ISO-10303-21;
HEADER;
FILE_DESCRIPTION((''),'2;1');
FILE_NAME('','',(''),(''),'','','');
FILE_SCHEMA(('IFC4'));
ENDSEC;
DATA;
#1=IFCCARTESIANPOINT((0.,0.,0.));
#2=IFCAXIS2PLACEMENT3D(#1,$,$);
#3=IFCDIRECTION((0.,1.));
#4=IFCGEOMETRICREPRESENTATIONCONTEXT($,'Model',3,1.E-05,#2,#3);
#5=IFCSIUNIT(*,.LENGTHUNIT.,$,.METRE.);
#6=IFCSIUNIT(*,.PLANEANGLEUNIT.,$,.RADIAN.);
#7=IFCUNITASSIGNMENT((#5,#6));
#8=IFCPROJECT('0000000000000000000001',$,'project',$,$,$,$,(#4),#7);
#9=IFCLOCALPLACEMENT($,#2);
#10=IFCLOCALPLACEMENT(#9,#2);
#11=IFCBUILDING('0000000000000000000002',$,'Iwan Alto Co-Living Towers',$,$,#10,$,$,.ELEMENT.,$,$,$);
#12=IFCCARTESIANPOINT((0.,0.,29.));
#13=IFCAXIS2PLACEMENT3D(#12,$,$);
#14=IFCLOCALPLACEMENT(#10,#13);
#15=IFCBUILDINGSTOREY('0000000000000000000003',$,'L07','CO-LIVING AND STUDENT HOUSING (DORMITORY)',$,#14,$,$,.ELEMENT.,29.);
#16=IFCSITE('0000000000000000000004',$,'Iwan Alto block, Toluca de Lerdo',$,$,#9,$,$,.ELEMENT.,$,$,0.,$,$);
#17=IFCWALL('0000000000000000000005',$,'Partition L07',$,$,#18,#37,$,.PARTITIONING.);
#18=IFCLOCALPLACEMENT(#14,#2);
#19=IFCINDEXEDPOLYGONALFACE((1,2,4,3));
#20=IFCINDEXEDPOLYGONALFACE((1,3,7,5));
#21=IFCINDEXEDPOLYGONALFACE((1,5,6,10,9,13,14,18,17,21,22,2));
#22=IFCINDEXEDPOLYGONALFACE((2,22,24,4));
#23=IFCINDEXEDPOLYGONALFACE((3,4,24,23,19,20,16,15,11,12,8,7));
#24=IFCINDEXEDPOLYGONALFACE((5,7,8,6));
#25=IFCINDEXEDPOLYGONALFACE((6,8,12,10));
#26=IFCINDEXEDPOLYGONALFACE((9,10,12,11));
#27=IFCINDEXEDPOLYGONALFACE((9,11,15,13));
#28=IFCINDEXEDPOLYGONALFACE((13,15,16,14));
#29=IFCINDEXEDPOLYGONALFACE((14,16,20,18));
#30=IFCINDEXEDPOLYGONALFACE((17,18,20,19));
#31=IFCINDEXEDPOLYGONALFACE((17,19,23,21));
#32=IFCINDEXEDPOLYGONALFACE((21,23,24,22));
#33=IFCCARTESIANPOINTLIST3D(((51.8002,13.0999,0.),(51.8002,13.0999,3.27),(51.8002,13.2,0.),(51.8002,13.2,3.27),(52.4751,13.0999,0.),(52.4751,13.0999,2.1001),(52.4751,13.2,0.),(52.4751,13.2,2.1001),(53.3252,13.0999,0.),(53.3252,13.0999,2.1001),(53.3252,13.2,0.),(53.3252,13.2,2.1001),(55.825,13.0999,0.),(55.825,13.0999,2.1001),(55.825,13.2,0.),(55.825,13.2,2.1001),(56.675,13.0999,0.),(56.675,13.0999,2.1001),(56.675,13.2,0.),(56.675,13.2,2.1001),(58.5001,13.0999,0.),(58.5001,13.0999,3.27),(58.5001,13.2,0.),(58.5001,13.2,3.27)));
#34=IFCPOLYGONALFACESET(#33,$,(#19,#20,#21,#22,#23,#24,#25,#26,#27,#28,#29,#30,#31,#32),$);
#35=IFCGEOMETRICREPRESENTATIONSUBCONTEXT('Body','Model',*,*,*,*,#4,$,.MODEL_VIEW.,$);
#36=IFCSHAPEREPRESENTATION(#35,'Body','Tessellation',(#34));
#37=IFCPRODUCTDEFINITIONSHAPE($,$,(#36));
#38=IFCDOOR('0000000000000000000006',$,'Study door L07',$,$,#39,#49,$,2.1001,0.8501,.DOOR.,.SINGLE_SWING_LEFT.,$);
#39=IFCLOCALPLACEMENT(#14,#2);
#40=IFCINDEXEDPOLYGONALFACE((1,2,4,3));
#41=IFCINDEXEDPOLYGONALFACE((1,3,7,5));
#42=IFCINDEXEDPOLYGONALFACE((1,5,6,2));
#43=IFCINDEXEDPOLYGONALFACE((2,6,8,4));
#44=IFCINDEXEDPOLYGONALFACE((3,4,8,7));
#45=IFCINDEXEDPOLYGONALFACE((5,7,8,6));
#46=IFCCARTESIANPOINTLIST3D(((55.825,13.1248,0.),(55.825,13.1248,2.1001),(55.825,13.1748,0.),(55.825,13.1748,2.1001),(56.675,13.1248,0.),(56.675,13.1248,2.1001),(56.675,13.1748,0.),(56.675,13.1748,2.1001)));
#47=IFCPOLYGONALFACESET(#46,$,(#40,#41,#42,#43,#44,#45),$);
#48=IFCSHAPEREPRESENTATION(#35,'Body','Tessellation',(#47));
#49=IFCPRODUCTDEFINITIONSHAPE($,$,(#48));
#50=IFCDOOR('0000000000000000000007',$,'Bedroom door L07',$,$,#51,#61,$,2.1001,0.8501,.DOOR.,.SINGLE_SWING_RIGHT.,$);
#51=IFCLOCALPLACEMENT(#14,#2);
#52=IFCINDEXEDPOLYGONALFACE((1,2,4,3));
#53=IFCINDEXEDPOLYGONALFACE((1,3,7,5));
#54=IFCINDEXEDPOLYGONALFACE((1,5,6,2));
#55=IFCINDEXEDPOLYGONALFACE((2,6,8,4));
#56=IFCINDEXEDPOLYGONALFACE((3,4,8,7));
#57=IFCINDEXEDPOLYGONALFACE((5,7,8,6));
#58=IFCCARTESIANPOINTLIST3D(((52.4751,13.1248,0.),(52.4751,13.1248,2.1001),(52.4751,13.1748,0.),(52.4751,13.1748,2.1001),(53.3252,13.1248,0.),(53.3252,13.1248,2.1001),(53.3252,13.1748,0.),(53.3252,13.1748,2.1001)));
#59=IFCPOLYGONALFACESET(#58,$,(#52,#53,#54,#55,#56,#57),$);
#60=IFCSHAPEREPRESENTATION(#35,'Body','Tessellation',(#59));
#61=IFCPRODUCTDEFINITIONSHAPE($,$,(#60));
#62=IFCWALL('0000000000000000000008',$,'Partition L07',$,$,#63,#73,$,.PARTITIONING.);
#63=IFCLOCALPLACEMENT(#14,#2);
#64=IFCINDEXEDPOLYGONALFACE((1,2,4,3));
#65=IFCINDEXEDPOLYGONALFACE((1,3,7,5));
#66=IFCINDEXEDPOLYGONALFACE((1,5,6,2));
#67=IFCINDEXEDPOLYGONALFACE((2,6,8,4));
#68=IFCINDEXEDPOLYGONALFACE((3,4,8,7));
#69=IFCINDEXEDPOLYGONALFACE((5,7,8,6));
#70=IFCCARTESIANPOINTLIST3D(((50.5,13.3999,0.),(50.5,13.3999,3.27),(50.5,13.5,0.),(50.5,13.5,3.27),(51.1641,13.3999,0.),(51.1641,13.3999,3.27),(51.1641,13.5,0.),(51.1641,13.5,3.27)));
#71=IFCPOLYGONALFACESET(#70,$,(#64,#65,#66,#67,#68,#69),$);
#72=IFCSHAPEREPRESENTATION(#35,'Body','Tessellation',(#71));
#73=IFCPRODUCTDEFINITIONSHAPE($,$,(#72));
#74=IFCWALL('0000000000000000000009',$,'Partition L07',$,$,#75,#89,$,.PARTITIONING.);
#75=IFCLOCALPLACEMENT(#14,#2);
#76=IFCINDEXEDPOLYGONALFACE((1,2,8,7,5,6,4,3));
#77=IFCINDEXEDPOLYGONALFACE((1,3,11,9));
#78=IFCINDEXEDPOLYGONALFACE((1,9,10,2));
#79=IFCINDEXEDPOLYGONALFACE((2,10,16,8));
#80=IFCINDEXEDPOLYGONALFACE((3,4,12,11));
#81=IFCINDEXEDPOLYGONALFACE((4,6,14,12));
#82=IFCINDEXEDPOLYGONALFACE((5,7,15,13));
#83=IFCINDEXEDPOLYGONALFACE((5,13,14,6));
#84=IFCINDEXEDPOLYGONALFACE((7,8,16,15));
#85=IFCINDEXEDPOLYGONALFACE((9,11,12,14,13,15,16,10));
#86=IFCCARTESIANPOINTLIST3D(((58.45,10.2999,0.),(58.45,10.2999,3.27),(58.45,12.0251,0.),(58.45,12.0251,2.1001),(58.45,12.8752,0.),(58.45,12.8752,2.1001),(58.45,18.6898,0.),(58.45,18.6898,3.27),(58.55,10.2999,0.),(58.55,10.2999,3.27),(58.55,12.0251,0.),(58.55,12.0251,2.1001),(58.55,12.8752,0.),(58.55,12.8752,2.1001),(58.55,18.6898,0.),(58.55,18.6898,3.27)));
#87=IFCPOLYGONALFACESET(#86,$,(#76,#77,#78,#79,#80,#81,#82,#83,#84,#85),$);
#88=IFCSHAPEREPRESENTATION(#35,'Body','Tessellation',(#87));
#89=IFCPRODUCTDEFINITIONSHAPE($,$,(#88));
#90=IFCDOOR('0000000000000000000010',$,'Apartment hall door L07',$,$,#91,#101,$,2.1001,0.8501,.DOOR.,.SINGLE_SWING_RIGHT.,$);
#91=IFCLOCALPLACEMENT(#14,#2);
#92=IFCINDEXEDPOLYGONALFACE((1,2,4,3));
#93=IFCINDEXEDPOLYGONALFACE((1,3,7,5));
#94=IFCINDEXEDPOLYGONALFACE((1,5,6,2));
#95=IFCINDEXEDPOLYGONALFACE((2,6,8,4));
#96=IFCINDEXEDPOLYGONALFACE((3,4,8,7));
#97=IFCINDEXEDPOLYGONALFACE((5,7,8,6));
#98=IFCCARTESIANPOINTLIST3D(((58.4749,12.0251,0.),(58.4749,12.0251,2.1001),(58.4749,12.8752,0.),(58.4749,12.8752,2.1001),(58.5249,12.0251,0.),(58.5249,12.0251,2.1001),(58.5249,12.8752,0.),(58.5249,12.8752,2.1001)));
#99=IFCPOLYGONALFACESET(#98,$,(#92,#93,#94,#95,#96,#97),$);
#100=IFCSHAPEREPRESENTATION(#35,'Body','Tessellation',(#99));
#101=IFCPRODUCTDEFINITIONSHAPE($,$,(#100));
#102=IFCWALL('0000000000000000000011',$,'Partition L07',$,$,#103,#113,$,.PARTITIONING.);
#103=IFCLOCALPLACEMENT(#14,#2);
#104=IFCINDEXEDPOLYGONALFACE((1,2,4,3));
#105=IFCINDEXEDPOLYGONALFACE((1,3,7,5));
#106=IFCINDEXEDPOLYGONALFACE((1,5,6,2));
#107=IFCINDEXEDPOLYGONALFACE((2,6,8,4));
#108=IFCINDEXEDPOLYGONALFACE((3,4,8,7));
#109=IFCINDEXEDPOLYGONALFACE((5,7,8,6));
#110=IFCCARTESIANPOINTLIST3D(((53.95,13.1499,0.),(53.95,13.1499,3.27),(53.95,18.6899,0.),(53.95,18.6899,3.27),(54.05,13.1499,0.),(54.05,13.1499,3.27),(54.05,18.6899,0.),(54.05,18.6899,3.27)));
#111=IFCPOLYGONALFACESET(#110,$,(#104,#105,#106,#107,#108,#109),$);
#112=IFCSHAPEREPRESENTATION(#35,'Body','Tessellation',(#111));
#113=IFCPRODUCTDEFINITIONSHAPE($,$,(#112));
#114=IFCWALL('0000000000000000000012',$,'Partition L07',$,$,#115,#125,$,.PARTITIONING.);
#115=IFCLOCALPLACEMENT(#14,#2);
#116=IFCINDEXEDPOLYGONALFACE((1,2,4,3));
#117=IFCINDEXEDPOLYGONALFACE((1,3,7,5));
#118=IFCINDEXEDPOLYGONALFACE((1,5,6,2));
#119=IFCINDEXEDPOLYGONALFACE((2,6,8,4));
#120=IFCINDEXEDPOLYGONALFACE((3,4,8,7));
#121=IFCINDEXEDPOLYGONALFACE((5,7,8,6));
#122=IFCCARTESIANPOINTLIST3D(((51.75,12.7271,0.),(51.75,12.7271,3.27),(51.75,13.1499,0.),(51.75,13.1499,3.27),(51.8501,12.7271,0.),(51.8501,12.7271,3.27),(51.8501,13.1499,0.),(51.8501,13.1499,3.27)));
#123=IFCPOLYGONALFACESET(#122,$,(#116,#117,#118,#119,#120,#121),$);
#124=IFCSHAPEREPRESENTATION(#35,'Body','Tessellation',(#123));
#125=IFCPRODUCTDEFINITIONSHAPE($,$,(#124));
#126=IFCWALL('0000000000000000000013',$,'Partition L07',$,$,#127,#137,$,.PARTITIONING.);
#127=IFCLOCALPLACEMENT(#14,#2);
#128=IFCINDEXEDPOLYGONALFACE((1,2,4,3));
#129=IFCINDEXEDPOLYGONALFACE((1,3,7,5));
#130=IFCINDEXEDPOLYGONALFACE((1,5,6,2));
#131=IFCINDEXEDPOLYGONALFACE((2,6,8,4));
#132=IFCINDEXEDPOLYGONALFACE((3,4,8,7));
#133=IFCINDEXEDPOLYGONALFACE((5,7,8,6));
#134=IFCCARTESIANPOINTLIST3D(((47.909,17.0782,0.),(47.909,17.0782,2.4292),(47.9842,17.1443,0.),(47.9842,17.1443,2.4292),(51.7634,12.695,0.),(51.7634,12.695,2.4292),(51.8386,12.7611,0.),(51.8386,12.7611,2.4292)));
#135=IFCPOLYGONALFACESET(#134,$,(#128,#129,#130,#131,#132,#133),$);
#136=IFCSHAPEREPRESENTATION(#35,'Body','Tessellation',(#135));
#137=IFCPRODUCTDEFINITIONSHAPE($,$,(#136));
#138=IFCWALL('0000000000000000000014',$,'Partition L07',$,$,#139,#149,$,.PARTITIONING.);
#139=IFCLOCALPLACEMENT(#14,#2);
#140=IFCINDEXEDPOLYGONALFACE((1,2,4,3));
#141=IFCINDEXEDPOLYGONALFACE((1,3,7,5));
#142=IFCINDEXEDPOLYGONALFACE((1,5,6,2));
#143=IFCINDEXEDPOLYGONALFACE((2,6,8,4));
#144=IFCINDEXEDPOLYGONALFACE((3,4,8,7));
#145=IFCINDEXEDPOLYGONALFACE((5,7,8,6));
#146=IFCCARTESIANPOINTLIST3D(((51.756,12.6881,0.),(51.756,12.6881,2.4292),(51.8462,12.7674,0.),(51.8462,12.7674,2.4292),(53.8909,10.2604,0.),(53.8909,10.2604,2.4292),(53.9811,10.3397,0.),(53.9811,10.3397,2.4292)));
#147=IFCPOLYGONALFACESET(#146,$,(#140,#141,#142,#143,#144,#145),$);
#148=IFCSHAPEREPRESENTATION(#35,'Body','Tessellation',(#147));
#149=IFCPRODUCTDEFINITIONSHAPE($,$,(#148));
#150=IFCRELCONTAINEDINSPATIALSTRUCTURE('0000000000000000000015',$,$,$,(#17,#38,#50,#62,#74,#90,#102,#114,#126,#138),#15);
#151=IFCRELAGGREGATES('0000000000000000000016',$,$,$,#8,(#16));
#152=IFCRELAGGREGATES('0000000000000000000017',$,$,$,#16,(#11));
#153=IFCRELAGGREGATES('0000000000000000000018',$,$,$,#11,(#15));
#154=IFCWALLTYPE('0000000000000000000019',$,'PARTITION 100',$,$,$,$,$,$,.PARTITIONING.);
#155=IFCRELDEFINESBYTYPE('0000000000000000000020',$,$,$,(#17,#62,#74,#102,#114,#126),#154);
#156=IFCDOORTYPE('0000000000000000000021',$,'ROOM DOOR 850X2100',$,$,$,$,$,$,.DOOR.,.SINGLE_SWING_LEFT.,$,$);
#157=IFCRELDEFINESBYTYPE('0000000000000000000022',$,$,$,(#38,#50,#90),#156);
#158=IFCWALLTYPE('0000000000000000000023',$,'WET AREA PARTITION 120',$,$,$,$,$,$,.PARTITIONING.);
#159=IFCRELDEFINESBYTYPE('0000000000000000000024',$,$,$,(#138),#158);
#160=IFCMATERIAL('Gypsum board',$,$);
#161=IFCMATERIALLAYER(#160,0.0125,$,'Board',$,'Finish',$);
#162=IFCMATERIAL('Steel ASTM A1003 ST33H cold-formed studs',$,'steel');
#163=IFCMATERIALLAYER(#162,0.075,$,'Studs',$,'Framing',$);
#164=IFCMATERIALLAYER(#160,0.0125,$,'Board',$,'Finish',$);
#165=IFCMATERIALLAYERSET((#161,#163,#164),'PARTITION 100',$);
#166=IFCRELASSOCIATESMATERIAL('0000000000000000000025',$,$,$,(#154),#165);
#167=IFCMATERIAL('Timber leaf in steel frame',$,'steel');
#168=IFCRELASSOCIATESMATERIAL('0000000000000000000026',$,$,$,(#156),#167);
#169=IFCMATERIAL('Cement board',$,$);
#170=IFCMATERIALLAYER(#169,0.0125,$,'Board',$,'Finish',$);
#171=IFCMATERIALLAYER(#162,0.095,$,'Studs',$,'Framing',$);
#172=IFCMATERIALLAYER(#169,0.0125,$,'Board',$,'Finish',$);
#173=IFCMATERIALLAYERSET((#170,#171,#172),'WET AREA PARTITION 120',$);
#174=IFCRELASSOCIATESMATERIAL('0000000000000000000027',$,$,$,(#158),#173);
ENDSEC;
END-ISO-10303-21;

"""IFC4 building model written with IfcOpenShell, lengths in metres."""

from ifc_helpers import new_model, si_unit, direction, frame, frame_2d, origin, place, context, subcontext, project, spatial, rectangle, extrude, material, layer, layer_set, type_object, element, fill, save


model = new_model("IFC4")

# Units and contexts
model_context = context("Model", 3, precision=1e-05, world=origin(), true_north=direction((0.0, 1.0)))
body_context = subcontext(model_context, "Body", "Model", "MODEL_VIEW")
ifc_project = project(units=[si_unit("LENGTHUNIT", "METRE"), si_unit("PLANEANGLEUNIT", "RADIAN")], contexts=[model_context])

# Site, building, storey
site_placement = place(None, origin())
site = spatial("IfcSite", under=ifc_project, at=site_placement, Name="Iwan Alto block, Toluca de Lerdo", CompositionType="ELEMENT", RefElevation=0.0)
building_placement = place(site_placement, origin())
building = spatial("IfcBuilding", under=site, at=building_placement, Name="Iwan Alto Co-Living Towers", CompositionType="ELEMENT")
storey_placement = place(building_placement, frame((0.0, 0.0, 29.0)))
storey = spatial("IfcBuildingStorey", under=building, at=storey_placement, Name="L07", Description="CO-LIVING AND STUDENT HOUSING (DORMITORY)", CompositionType="ELEMENT", Elevation=29.0)

# Shared definitions
ifc_material_1 = material(Name="Gypsum board")
ifc_material_2 = material(Name="Steel ASTM A1003 ST33H cold-formed studs", Category="steel")

# Wall, openings, doors
ifc_layer_1 = layer(ifc_material_1, 0.0125, Name="Board", Category="Finish")
ifc_layer_2 = layer(ifc_material_2, 0.075, Name="Studs", Category="Framing")
ifc_layer_3 = layer(ifc_material_1, 0.0125, Name="Board", Category="Finish")
ifc_layer_set_1 = layer_set([ifc_layer_1, ifc_layer_2, ifc_layer_3], Name="PARTITION 100")
wall_type_1 = type_object("IfcWallType", Name="PARTITION 100", PredefinedType="PARTITIONING", material=ifc_layer_set_1)
ifc_material_3 = material(Name="Timber leaf in steel frame", Category="steel")
door_type_1 = type_object("IfcDoorType", Name="ROOM DOOR 850X2100", OperationType="SINGLE_SWING_LEFT", PredefinedType="DOOR", material=ifc_material_3)
wall_1_placement = place(storey_placement, frame((51.8, 13.1499, 0.0), z_axis=(0.0, 0.0, 1.0), x_axis=(1.0, 0.0, 0.0)))
wall_1 = element("IfcWall", 1, at=wall_1_placement, inside=storey, type_object=wall_type_1, Name="Partition L07", PredefinedType="PARTITIONING", context=body_context, shape_type="SweptSolid", body=[
    extrude(rectangle(XDim=6.7, YDim=0.1001, at=frame_2d((3.3501, 0.0))), origin(), (0.0, 0.0, 1.0), 3.27),
])
opening_1_placement = place(wall_1_placement, frame((4.0249, 0.0, 0.0)))
opening_1 = element("IfcOpeningElement", 2, at=opening_1_placement, cuts=wall_1, PredefinedType="OPENING", context=body_context, shape_type="SweptSolid", body=[
    extrude(rectangle(XDim=0.8501, YDim=2.1001, at=frame_2d((0.425, 1.05))), frame((0.0, 0.0601, 0.0), z_axis=(0.0, -1.0, 0.0), x_axis=(1.0, 0.0, 0.0)), (0.0, 0.0, 1.0), 0.1201),
])
opening_2_placement = place(wall_1_placement, frame((0.675, 0.0, 0.0)))
opening_2 = element("IfcOpeningElement", 3, at=opening_2_placement, cuts=wall_1, PredefinedType="OPENING", context=body_context, shape_type="SweptSolid", body=[
    extrude(rectangle(XDim=0.8501, YDim=2.1001, at=frame_2d((0.425, 1.05))), frame((0.0, 0.0601, 0.0), z_axis=(0.0, -1.0, 0.0), x_axis=(1.0, 0.0, 0.0)), (0.0, 0.0, 1.0), 0.1201),
])
door_1_placement = place(opening_1_placement, origin())
door_1 = element("IfcDoor", 4, at=door_1_placement, inside=storey, type_object=door_type_1, Name="Study door L07", OperationType="SINGLE_SWING_LEFT", OverallHeight=2.1001, OverallWidth=0.8501, PredefinedType="DOOR", context=body_context, shape_type="SweptSolid", body=[
    extrude(rectangle(XDim=0.8501, YDim=2.1001, at=frame_2d((0.425, 1.05))), frame((0.0, 0.0249, 0.0), z_axis=(0.0, -1.0, 0.0), x_axis=(1.0, 0.0, 0.0)), (0.0, 0.0, 1.0), 0.05),
])
fill(opening_1, door_1)
door_2_placement = place(opening_2_placement, origin())
door_2 = element("IfcDoor", 5, at=door_2_placement, inside=storey, type_object=door_type_1, Name="Bedroom door L07", OperationType="SINGLE_SWING_RIGHT", OverallHeight=2.1001, OverallWidth=0.8501, PredefinedType="DOOR", context=body_context, shape_type="SweptSolid", body=[
    extrude(rectangle(XDim=0.8501, YDim=2.1001, at=frame_2d((0.425, 1.05))), frame((0.0, 0.0249, 0.0), z_axis=(0.0, -1.0, 0.0), x_axis=(1.0, 0.0, 0.0)), (0.0, 0.0, 1.0), 0.05),
])
fill(opening_2, door_2)

# Wall
wall_2_placement = place(storey_placement, frame((50.5, 13.45, 0.0), z_axis=(0.0, 0.0, 1.0), x_axis=(1.0, 0.0, 0.0)))
element("IfcWall", 6, at=wall_2_placement, inside=storey, type_object=wall_type_1, Name="Partition L07", PredefinedType="PARTITIONING", context=body_context, shape_type="SweptSolid", body=[
    extrude(rectangle(XDim=0.6641, YDim=0.1001, at=frame_2d((0.332, 0.0))), origin(), (0.0, 0.0, 1.0), 3.27),
])

# Wall, opening, door
wall_3_placement = place(storey_placement, frame((58.5, 10.3, 0.0), z_axis=(0.0, 0.0, 1.0), x_axis=(0.0, 1.0, 0.0)))
wall_3 = element("IfcWall", 7, at=wall_3_placement, inside=storey, type_object=wall_type_1, Name="Partition L07", PredefinedType="PARTITIONING", context=body_context, shape_type="SweptSolid", body=[
    extrude(rectangle(XDim=8.3899, YDim=0.1001, at=frame_2d((4.1948, 0.0))), origin(), (0.0, 0.0, 1.0), 3.27),
])
opening_3_placement = place(wall_3_placement, frame((1.7251, 0.0, 0.0)))
opening_3 = element("IfcOpeningElement", 8, at=opening_3_placement, cuts=wall_3, PredefinedType="OPENING", context=body_context, shape_type="SweptSolid", body=[
    extrude(rectangle(XDim=0.8501, YDim=2.1001, at=frame_2d((0.425, 1.05))), frame((0.0, 0.0601, 0.0), z_axis=(0.0, -1.0, 0.0), x_axis=(1.0, 0.0, 0.0)), (0.0, 0.0, 1.0), 0.1201),
])
door_3_placement = place(opening_3_placement, frame((0.8501, 0.0, 0.0), z_axis=(0.0, 0.0, 1.0), x_axis=(-1.0, 0.0, 0.0)))
door_3 = element("IfcDoor", 9, at=door_3_placement, inside=storey, type_object=door_type_1, Name="Apartment hall door L07", OperationType="SINGLE_SWING_RIGHT", OverallHeight=2.1001, OverallWidth=0.8501, PredefinedType="DOOR", context=body_context, shape_type="SweptSolid", body=[
    extrude(rectangle(XDim=0.8501, YDim=2.1001, at=frame_2d((0.425, 1.05))), frame((0.0, 0.0249, 0.0), z_axis=(0.0, -1.0, 0.0), x_axis=(1.0, 0.0, 0.0)), (0.0, 0.0, 1.0), 0.05),
])
fill(opening_3, door_3)

# Walls
wall_4_placement = place(storey_placement, frame((54.0, 13.1499, 0.0), z_axis=(0.0, 0.0, 1.0), x_axis=(0.0, 1.0, 0.0)))
element("IfcWall", 10, at=wall_4_placement, inside=storey, type_object=wall_type_1, Name="Partition L07", PredefinedType="PARTITIONING", context=body_context, shape_type="SweptSolid", body=[
    extrude(rectangle(XDim=5.54, YDim=0.1001, at=frame_2d((2.77, 0.0))), origin(), (0.0, 0.0, 1.0), 3.27),
])
wall_5_placement = place(storey_placement, frame((51.8, 12.7271, 0.0), z_axis=(0.0, 0.0, 1.0), x_axis=(0.0, 1.0, 0.0)))
element("IfcWall", 11, at=wall_5_placement, inside=storey, type_object=wall_type_1, Name="Partition L07", PredefinedType="PARTITIONING", context=body_context, shape_type="SweptSolid", body=[
    extrude(rectangle(XDim=0.4229, YDim=0.1001, at=frame_2d((0.2114, 0.0))), origin(), (0.0, 0.0, 1.0), 3.27),
])
wall_6_placement = place(storey_placement, frame((51.801, 12.728, 0.0), z_axis=(0.0, 0.0, 1.0), x_axis=(-0.660356, 0.750952, 0.0)))
element("IfcWall", 12, at=wall_6_placement, inside=storey, type_object=wall_type_1, Name="Partition L07", PredefinedType="PARTITIONING", context=body_context, shape_type="SweptSolid", body=[
    extrude(rectangle(XDim=5.8369, YDim=0.1001, at=frame_2d((2.9185, 0.0))), origin(), (0.0, 0.0, 1.0), 2.4292),
])
ifc_material_4 = material(Name="Cement board")
ifc_layer_4 = layer(ifc_material_4, 0.0125, Name="Board", Category="Finish")
ifc_layer_5 = layer(ifc_material_2, 0.095, Name="Studs", Category="Framing")
ifc_layer_6 = layer(ifc_material_4, 0.0125, Name="Board", Category="Finish")
ifc_layer_set_2 = layer_set([ifc_layer_4, ifc_layer_5, ifc_layer_6], Name="WET AREA PARTITION 120")
wall_type_2 = type_object("IfcWallType", Name="WET AREA PARTITION 120", PredefinedType="PARTITIONING", material=ifc_layer_set_2)
wall_7_placement = place(storey_placement, frame((53.936, 10.3, 0.0), z_axis=(0.0, 0.0, 1.0), x_axis=(-0.660384, 0.750928, 0.0)))
element("IfcWall", 13, at=wall_7_placement, inside=storey, type_object=wall_type_2, Name="Partition L07", PredefinedType="PARTITIONING", context=body_context, shape_type="SweptSolid", body=[
    extrude(rectangle(XDim=3.2329, YDim=0.1201, at=frame_2d((1.6165, 0.0))), origin(), (0.0, 0.0, 1.0), 2.4292),
])

save(model, "model.ifc")
